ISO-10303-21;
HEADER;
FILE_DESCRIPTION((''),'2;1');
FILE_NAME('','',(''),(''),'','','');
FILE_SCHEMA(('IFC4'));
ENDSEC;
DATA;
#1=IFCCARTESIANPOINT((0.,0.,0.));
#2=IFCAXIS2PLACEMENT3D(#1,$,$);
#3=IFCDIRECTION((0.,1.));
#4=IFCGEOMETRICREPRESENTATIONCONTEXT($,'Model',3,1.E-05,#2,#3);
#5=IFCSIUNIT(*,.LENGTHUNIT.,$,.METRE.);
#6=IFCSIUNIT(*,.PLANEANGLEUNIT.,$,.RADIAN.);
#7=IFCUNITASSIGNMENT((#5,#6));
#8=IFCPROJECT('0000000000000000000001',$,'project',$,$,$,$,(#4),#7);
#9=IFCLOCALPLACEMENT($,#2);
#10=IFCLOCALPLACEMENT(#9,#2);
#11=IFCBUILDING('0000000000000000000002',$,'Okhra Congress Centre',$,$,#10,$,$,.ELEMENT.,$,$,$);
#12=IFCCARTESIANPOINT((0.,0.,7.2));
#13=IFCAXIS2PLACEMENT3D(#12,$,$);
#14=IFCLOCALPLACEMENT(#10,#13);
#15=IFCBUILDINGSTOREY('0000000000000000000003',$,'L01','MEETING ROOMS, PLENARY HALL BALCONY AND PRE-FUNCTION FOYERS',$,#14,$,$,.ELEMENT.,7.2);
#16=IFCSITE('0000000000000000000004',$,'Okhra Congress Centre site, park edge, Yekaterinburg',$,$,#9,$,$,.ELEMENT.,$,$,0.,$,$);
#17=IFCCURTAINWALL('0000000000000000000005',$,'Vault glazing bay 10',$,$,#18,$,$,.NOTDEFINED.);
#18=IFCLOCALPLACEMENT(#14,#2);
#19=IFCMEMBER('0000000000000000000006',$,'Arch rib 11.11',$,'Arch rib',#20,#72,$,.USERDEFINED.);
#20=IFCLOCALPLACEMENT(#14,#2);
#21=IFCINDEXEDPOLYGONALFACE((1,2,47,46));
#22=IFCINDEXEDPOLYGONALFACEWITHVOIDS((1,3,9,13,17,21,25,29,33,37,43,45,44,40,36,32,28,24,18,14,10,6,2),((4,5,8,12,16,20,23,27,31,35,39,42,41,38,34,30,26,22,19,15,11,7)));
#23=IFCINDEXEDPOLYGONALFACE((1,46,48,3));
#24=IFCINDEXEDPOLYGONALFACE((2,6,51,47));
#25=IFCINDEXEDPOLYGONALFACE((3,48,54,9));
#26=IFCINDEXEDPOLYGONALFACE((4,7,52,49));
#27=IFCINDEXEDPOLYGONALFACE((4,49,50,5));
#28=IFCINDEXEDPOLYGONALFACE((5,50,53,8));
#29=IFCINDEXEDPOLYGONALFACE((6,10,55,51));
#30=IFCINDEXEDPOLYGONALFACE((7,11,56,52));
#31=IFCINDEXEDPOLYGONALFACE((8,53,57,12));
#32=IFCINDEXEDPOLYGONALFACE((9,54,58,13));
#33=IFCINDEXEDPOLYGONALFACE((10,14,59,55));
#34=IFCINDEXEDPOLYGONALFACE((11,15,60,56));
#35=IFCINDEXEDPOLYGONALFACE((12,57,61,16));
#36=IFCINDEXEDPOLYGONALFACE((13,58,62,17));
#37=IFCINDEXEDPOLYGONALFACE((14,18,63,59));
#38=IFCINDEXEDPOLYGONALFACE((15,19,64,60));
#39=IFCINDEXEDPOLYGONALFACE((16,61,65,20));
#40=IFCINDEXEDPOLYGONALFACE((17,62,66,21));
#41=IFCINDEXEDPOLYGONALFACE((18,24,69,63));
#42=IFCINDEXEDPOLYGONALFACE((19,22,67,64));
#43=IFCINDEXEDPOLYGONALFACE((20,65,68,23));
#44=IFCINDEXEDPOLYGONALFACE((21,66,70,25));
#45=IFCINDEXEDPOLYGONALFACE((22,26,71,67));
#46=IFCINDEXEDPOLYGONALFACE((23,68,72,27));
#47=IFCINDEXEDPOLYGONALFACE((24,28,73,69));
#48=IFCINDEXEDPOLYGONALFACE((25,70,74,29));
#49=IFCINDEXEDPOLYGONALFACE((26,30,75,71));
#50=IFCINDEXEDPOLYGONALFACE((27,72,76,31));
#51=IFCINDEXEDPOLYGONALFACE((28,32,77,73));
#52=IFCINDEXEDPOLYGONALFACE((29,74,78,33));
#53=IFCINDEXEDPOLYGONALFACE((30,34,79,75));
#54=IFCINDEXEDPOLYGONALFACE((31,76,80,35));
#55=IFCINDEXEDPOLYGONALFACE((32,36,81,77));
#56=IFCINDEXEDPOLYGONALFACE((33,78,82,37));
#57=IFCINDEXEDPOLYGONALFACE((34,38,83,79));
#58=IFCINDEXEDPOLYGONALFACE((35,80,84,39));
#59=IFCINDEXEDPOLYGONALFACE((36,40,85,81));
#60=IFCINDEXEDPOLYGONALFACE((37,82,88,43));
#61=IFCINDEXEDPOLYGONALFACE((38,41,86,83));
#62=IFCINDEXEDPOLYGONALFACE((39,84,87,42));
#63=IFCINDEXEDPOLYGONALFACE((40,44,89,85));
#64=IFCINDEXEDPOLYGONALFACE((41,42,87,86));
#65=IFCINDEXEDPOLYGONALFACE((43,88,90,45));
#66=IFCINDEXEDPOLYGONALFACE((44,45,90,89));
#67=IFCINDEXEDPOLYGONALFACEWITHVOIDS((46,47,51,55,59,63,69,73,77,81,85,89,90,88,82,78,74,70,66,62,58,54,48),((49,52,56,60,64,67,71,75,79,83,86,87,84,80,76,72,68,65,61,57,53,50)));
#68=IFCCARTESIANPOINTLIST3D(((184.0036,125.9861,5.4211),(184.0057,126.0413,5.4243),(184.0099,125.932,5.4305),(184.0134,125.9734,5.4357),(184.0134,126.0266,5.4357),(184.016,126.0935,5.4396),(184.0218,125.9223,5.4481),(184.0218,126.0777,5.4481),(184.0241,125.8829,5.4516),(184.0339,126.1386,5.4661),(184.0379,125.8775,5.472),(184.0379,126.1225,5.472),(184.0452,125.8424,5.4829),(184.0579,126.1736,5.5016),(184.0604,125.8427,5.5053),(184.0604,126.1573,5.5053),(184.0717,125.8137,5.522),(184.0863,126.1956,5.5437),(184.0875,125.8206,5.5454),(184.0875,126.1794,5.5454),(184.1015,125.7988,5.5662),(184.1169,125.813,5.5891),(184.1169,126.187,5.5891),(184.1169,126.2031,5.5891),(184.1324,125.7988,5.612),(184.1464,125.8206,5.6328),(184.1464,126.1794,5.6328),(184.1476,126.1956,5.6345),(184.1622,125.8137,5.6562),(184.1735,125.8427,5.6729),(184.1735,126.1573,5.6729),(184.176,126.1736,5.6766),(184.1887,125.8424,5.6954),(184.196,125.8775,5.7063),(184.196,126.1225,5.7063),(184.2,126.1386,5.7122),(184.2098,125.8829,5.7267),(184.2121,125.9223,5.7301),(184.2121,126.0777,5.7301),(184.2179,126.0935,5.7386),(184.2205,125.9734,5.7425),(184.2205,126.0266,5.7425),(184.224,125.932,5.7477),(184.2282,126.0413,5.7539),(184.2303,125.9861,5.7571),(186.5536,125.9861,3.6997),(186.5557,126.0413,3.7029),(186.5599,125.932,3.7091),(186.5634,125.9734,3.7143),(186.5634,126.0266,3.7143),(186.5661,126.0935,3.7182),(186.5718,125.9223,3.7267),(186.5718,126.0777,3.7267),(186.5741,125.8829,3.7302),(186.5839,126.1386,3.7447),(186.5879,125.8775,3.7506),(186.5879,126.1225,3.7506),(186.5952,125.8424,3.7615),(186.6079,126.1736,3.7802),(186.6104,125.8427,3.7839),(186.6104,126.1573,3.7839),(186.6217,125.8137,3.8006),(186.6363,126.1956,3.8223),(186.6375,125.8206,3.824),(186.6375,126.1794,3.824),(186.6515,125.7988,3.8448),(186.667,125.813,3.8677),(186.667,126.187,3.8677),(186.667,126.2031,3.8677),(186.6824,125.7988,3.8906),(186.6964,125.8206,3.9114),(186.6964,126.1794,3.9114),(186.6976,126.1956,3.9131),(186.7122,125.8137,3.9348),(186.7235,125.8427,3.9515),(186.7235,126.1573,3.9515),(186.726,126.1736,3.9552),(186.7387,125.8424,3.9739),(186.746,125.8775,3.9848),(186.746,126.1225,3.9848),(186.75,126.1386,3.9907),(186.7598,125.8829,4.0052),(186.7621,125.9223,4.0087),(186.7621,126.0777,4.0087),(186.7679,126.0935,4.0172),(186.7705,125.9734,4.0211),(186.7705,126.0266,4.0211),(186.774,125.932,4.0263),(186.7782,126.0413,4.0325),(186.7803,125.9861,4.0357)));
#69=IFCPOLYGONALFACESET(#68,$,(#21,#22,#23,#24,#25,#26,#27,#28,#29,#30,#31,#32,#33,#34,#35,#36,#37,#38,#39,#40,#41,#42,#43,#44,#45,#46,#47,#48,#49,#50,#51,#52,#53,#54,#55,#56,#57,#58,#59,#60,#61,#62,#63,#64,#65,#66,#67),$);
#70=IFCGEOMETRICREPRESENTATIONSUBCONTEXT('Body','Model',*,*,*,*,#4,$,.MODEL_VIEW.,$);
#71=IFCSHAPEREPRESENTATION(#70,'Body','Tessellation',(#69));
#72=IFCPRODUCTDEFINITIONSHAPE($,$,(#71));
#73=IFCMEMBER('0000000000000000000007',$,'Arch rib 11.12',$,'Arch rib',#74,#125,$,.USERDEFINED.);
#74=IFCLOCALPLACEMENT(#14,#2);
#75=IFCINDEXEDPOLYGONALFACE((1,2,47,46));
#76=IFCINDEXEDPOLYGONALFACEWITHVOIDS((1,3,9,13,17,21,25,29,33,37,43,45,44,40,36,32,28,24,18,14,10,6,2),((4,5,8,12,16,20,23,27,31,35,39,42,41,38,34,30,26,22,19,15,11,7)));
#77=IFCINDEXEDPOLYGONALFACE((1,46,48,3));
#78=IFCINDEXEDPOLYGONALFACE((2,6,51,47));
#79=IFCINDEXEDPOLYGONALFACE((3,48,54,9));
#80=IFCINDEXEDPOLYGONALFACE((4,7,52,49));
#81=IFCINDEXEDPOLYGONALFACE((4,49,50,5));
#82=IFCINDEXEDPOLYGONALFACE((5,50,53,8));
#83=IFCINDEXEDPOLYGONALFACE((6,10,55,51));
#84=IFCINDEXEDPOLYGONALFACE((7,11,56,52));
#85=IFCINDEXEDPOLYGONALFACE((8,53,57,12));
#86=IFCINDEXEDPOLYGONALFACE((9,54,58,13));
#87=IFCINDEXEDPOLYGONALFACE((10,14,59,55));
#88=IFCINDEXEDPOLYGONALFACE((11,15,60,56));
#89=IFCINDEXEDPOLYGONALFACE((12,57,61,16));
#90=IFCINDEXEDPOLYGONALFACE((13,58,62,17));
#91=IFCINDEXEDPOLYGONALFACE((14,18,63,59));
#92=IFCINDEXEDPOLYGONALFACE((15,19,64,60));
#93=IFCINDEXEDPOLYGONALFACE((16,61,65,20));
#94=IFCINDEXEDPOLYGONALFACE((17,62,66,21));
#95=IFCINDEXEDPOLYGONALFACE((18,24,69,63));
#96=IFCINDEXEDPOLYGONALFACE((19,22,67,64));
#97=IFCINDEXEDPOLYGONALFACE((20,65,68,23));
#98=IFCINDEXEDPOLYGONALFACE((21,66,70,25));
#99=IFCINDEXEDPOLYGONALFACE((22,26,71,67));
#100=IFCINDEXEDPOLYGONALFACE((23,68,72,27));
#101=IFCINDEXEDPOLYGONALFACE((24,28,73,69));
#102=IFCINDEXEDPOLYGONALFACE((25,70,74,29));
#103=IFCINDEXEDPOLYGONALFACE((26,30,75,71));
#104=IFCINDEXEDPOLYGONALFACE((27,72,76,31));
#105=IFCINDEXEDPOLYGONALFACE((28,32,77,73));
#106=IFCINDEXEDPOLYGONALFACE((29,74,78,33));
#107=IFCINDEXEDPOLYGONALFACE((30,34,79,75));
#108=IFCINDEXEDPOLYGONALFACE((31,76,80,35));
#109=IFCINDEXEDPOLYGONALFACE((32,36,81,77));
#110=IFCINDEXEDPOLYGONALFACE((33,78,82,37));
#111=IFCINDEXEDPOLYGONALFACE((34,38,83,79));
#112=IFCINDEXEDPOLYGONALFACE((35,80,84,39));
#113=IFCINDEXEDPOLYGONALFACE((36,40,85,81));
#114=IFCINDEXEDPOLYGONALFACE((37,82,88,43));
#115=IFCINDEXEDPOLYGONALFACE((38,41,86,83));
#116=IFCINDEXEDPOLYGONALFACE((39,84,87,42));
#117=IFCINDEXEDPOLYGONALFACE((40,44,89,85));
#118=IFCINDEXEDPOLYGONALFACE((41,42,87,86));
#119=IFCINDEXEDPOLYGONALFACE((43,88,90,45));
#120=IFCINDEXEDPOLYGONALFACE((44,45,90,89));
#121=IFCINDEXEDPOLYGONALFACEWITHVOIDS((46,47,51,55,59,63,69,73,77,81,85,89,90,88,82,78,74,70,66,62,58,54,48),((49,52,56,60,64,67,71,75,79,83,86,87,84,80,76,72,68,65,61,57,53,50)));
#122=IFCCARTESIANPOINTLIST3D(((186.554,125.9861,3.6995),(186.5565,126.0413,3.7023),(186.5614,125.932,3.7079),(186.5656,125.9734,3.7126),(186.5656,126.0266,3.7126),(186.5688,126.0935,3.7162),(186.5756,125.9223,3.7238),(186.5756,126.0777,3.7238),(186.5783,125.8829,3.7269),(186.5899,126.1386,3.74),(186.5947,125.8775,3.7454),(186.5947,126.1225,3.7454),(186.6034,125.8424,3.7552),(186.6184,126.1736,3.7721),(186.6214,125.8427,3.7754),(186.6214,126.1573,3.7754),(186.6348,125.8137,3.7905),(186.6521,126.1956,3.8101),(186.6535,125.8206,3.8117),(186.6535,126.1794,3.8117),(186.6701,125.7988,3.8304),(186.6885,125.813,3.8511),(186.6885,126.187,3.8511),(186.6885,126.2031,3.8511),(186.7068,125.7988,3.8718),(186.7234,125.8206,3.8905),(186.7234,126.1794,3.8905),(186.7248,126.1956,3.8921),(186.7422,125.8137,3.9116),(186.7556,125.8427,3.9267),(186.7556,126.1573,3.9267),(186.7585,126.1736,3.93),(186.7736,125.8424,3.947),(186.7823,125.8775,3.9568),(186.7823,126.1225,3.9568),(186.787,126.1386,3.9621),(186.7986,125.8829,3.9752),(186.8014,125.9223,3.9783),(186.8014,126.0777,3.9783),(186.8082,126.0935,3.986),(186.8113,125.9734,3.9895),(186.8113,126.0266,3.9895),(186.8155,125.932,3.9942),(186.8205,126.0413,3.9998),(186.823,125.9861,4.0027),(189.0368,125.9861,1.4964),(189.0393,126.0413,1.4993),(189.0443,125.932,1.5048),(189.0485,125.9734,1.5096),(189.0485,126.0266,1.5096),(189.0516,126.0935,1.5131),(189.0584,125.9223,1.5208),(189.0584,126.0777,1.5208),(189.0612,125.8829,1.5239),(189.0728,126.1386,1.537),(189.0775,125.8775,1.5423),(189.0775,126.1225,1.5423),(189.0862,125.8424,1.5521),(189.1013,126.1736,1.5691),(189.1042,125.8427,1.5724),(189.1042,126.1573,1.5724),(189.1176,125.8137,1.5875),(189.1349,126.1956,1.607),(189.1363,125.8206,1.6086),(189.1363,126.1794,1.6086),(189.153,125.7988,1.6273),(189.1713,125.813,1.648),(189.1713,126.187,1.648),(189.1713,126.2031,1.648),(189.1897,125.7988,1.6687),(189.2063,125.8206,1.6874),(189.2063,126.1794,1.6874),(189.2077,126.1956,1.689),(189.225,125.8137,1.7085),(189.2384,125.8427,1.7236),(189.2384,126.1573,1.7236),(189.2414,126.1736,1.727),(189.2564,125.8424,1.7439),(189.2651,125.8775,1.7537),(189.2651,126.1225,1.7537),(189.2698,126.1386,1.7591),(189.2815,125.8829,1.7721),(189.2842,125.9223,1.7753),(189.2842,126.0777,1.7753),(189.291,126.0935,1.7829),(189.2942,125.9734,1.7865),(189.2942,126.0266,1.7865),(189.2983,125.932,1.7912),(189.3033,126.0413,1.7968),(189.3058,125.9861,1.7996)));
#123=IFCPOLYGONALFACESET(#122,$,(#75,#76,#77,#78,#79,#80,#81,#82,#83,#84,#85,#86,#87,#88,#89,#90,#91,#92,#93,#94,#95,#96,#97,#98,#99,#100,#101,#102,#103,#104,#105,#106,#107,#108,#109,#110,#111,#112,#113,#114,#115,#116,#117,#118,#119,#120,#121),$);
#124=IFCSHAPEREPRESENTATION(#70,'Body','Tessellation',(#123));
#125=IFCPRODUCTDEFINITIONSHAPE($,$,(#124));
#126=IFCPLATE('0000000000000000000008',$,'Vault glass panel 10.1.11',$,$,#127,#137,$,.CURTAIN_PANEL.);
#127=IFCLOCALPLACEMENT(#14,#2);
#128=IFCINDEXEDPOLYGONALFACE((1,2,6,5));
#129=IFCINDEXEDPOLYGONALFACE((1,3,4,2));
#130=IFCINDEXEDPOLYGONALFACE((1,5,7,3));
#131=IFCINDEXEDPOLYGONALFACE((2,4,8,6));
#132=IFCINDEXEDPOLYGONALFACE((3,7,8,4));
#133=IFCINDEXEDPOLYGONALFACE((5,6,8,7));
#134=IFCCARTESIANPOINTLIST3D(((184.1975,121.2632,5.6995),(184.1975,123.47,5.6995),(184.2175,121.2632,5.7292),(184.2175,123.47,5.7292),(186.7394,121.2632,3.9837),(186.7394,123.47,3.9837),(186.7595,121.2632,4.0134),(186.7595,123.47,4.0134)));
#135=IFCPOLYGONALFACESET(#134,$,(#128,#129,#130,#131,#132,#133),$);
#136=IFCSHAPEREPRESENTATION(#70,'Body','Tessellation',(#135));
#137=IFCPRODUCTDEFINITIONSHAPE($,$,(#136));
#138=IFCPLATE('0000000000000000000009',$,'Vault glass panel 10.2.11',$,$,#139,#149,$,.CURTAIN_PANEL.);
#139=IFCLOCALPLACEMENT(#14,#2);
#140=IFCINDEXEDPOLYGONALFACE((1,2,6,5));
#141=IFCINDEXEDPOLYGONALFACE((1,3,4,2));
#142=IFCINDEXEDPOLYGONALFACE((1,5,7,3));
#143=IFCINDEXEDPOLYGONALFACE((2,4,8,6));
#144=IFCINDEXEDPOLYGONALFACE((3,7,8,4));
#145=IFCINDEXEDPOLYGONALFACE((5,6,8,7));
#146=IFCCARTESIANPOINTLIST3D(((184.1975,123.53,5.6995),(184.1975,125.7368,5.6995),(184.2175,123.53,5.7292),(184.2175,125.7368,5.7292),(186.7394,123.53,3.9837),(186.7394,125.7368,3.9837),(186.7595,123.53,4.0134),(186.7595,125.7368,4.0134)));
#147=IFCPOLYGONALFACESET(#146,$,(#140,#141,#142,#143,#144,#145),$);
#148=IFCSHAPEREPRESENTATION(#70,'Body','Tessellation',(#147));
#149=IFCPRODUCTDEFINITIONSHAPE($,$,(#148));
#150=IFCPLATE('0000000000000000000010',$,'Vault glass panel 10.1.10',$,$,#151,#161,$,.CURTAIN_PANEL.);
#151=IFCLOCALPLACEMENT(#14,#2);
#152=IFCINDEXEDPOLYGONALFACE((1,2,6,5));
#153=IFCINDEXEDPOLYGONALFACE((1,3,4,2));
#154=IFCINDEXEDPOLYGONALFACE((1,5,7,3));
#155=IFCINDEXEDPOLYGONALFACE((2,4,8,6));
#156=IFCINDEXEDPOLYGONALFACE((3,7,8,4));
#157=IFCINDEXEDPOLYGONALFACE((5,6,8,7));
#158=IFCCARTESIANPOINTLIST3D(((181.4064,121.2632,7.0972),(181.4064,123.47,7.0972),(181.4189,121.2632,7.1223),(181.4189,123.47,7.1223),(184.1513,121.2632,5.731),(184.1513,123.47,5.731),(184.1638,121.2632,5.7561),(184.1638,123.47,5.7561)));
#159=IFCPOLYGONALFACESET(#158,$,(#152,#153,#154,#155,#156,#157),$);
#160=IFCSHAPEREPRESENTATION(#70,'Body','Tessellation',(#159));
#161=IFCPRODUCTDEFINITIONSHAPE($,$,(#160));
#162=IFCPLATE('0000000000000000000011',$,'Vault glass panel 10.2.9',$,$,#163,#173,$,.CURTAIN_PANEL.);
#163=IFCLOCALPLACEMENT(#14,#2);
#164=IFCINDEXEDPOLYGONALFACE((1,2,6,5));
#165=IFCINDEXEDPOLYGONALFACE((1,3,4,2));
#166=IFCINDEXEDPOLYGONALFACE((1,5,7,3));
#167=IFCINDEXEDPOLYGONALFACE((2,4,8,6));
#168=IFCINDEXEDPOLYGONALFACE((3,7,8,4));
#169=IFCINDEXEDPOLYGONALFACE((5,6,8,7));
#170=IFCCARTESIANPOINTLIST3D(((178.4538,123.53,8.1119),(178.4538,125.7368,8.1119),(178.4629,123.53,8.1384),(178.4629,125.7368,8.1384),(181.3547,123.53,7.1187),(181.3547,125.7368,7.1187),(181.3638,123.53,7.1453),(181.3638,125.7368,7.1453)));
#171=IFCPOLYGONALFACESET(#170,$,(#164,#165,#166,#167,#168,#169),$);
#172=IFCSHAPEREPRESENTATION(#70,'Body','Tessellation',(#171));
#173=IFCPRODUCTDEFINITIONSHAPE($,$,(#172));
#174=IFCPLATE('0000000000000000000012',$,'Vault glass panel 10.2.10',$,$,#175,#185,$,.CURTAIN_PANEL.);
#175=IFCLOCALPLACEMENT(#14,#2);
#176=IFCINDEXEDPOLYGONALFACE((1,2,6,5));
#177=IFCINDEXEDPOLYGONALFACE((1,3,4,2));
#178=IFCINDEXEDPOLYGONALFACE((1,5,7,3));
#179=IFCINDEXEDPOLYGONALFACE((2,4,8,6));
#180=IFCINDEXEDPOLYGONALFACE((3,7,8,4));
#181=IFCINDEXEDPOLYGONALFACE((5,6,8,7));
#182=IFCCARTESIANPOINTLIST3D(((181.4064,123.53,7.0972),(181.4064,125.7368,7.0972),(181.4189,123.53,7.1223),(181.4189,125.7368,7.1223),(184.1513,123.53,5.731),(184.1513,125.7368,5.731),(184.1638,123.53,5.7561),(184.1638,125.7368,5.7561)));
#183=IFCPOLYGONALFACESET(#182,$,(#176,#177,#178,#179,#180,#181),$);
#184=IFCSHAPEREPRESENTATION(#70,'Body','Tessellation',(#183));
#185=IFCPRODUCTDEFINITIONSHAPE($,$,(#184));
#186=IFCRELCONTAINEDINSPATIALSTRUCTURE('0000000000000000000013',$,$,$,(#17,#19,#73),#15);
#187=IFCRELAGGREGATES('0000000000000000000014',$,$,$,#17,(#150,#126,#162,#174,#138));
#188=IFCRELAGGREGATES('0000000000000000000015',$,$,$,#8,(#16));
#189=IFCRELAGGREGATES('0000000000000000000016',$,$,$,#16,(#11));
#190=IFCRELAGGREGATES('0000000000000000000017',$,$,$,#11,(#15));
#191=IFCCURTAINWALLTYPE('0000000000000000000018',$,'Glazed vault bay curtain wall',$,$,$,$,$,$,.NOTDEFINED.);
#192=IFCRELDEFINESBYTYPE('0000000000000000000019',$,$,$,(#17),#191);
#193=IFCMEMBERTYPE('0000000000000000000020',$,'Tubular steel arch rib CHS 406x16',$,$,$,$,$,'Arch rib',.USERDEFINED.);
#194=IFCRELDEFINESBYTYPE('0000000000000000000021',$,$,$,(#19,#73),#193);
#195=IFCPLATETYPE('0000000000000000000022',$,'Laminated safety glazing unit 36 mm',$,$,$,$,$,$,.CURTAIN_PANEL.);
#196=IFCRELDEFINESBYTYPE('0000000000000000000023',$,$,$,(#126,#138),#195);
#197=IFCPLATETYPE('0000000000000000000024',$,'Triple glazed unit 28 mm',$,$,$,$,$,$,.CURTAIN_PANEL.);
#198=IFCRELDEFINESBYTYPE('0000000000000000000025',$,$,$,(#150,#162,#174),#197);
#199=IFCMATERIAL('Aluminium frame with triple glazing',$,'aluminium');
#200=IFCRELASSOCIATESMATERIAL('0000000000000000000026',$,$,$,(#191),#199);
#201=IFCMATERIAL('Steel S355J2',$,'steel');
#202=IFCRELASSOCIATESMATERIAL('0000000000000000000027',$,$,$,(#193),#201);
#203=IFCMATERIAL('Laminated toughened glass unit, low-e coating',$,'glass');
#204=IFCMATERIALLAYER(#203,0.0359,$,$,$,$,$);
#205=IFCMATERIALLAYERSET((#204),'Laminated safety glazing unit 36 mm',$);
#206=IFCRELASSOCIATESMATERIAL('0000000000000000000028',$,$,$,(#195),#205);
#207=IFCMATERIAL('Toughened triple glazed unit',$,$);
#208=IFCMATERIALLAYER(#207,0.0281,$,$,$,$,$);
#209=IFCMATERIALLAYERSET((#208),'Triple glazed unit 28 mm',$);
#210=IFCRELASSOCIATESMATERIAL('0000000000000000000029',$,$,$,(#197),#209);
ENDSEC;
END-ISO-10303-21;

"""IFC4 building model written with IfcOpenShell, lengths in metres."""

from ifc_helpers import new_model, si_unit, direction, frame, origin, origin_2d, place, context, subcontext, project, spatial, polyline, hollow_circle, outline, extrude, material, layer, layer_set, material_profile, profile_set, type_object, element, aggregate, save


model = new_model("IFC4")

# Units and contexts
model_context = context("Model", 3, precision=1e-05, world=origin(), true_north=direction((0.0, 1.0)))
body_context = subcontext(model_context, "Body", "Model", "MODEL_VIEW")
ifc_project = project(units=[si_unit("LENGTHUNIT", "METRE"), si_unit("PLANEANGLEUNIT", "RADIAN")], contexts=[model_context])

# Site, building, storey
site_placement = place(None, origin())
site = spatial("IfcSite", under=ifc_project, at=site_placement, Name="Okhra Congress Centre site, park edge, Yekaterinburg", CompositionType="ELEMENT", RefElevation=0.0)
building_placement = place(site_placement, origin())
building = spatial("IfcBuilding", under=site, at=building_placement, Name="Okhra Congress Centre", CompositionType="ELEMENT")
storey_placement = place(building_placement, frame((0.0, 0.0, 7.2)))
storey = spatial("IfcBuildingStorey", under=building, at=storey_placement, Name="L01", Description="MEETING ROOMS, PLENARY HALL BALCONY AND PRE-FUNCTION FOYERS", CompositionType="ELEMENT", Elevation=7.2)

# Curtain wall
ifc_material_1 = material(Name="Aluminium frame with triple glazing", Category="aluminium")
curtain_wall_type = type_object("IfcCurtainWallType", Name="Glazed vault bay curtain wall", PredefinedType="NOTDEFINED", material=ifc_material_1)
curtain_wall_1_placement = place(storey_placement, origin())
curtain_wall_1 = element("IfcCurtainWall", 1, at=curtain_wall_1_placement, inside=storey, type_object=curtain_wall_type, Name="Vault glazing bay 10", PredefinedType="NOTDEFINED")

# Members
ifc_material_2 = material(Name="Steel S355J2", Category="steel")
ifc_material_profile_1 = material_profile(ifc_material_2, hollow_circle(Radius=0.2031, WallThickness=0.0161, at=origin_2d()), Name="CHS 406.4x16")
ifc_profile_set_1 = profile_set([ifc_material_profile_1], Name="Steel S355J2")
member_type_1 = type_object("IfcMemberType", Name="Tubular steel arch rib CHS 406x16", ElementType="Arch rib", PredefinedType="USERDEFINED", material=ifc_profile_set_1)
member_1_placement = place(storey_placement, frame((184.1169, 126.0, 5.5891), z_axis=(0.828826, 0.0, -0.559507), x_axis=(0.0, 1.0, 0.0)))
element("IfcMember", 2, at=member_1_placement, inside=storey, type_object=member_type_1, Name="Arch rib 11.11", ObjectType="Arch rib", PredefinedType="USERDEFINED", context=body_context, shape_type="SweptSolid", body=[
    extrude(hollow_circle(Radius=0.2031, WallThickness=0.0161, at=origin_2d()), origin(), (0.0, 0.0, 1.0), 3.0767),
])
member_2_placement = place(storey_placement, frame((186.6885, 126.0, 3.8511), z_axis=(0.747993, 0.0, -0.663706), x_axis=(0.0, 1.0, 0.0)))
element("IfcMember", 3, at=member_2_placement, inside=storey, type_object=member_type_1, Name="Arch rib 11.12", ObjectType="Arch rib", PredefinedType="USERDEFINED", context=body_context, shape_type="SweptSolid", body=[
    extrude(hollow_circle(Radius=0.2031, WallThickness=0.0161, at=origin_2d()), origin(), (0.0, 0.0, 1.0), 3.3193),
])

# Plates
ifc_material_3 = material(Name="Laminated toughened glass unit, low-e coating", Category="glass")
ifc_layer_1 = layer(ifc_material_3, 0.0359)
ifc_layer_set_1 = layer_set([ifc_layer_1], Name="Laminated safety glazing unit 36 mm")
plate_type_1 = type_object("IfcPlateType", Name="Laminated safety glazing unit 36 mm", PredefinedType="CURTAIN_PANEL", material=ifc_layer_set_1)
plate_1_placement = place(storey_placement, frame((184.2175, 121.2632, 5.7292), z_axis=(0.559467, 0.0, 0.828852), x_axis=(0.828852, 0.0, -0.559467)))
plate_1 = element("IfcPlate", 4, at=plate_1_placement, type_object=plate_type_1, Name="Vault glass panel 10.1.11", PredefinedType="CURTAIN_PANEL", context=body_context, shape_type="SweptSolid", body=[
    extrude(outline(polyline([(0.0, 0.0), (3.0669, 0.0), (3.0669, 2.2068), (0.0, 2.2068), (0.0, 0.0)])), origin(), (0.0, 0.0, -1.0), 0.0359),
])
plate_2_placement = place(storey_placement, frame((184.2175, 123.53, 5.7292), z_axis=(0.559467, 0.0, 0.828852), x_axis=(0.828852, 0.0, -0.559467)))
plate_2 = element("IfcPlate", 5, at=plate_2_placement, type_object=plate_type_1, Name="Vault glass panel 10.2.11", PredefinedType="CURTAIN_PANEL", context=body_context, shape_type="SweptSolid", body=[
    extrude(outline(polyline([(0.0, 0.0), (3.0669, 0.0), (3.0669, 2.2068), (0.0, 2.2068), (0.0, 0.0)])), origin(), (0.0, 0.0, -1.0), 0.0359),
])
ifc_material_4 = material(Name="Toughened triple glazed unit")
ifc_layer_2 = layer(ifc_material_4, 0.0281)
ifc_layer_set_2 = layer_set([ifc_layer_2], Name="Triple glazed unit 28 mm")
plate_type_2 = type_object("IfcPlateType", Name="Triple glazed unit 28 mm", PredefinedType="CURTAIN_PANEL", material=ifc_layer_set_2)
plate_3_placement = place(storey_placement, frame((181.4189, 121.2632, 7.1223), z_axis=(0.445588, 0.0, 0.895238), x_axis=(0.895238, 0.0, -0.445588)))
plate_3 = element("IfcPlate", 6, at=plate_3_placement, type_object=plate_type_2, Name="Vault glass panel 10.1.10", PredefinedType="CURTAIN_PANEL", context=body_context, shape_type="SweptSolid", body=[
    extrude(outline(polyline([(0.0, 0.0), (3.0661, 0.0), (3.0661, 2.2068), (0.0, 2.2068), (0.0, 0.0)])), origin(), (0.0, 0.0, -1.0), 0.0281),
])
plate_4_placement = place(storey_placement, frame((178.4629, 123.53, 8.1384), z_axis=(0.323909, 0.0, 0.946088), x_axis=(0.946088, 0.0, -0.323909)))
plate_4 = element("IfcPlate", 7, at=plate_4_placement, type_object=plate_type_2, Name="Vault glass panel 10.2.9", PredefinedType="CURTAIN_PANEL", context=body_context, shape_type="SweptSolid", body=[
    extrude(outline(polyline([(0.0, 0.0), (3.0662, 0.0), (3.0662, 2.2068), (0.0, 2.2068), (0.0, 0.0)])), origin(), (0.0, 0.0, -1.0), 0.0281),
])
plate_5_placement = place(storey_placement, frame((181.4189, 123.53, 7.1223), z_axis=(0.445588, 0.0, 0.895238), x_axis=(0.895238, 0.0, -0.445588)))
plate_5 = element("IfcPlate", 8, at=plate_5_placement, type_object=plate_type_2, Name="Vault glass panel 10.2.10", PredefinedType="CURTAIN_PANEL", context=body_context, shape_type="SweptSolid", body=[
    extrude(outline(polyline([(0.0, 0.0), (3.0661, 0.0), (3.0661, 2.2068), (0.0, 2.2068), (0.0, 0.0)])), origin(), (0.0, 0.0, -1.0), 0.0281),
])
aggregate(curtain_wall_1, [plate_3, plate_1, plate_4, plate_5, plate_2])

save(model, "model.ifc")
